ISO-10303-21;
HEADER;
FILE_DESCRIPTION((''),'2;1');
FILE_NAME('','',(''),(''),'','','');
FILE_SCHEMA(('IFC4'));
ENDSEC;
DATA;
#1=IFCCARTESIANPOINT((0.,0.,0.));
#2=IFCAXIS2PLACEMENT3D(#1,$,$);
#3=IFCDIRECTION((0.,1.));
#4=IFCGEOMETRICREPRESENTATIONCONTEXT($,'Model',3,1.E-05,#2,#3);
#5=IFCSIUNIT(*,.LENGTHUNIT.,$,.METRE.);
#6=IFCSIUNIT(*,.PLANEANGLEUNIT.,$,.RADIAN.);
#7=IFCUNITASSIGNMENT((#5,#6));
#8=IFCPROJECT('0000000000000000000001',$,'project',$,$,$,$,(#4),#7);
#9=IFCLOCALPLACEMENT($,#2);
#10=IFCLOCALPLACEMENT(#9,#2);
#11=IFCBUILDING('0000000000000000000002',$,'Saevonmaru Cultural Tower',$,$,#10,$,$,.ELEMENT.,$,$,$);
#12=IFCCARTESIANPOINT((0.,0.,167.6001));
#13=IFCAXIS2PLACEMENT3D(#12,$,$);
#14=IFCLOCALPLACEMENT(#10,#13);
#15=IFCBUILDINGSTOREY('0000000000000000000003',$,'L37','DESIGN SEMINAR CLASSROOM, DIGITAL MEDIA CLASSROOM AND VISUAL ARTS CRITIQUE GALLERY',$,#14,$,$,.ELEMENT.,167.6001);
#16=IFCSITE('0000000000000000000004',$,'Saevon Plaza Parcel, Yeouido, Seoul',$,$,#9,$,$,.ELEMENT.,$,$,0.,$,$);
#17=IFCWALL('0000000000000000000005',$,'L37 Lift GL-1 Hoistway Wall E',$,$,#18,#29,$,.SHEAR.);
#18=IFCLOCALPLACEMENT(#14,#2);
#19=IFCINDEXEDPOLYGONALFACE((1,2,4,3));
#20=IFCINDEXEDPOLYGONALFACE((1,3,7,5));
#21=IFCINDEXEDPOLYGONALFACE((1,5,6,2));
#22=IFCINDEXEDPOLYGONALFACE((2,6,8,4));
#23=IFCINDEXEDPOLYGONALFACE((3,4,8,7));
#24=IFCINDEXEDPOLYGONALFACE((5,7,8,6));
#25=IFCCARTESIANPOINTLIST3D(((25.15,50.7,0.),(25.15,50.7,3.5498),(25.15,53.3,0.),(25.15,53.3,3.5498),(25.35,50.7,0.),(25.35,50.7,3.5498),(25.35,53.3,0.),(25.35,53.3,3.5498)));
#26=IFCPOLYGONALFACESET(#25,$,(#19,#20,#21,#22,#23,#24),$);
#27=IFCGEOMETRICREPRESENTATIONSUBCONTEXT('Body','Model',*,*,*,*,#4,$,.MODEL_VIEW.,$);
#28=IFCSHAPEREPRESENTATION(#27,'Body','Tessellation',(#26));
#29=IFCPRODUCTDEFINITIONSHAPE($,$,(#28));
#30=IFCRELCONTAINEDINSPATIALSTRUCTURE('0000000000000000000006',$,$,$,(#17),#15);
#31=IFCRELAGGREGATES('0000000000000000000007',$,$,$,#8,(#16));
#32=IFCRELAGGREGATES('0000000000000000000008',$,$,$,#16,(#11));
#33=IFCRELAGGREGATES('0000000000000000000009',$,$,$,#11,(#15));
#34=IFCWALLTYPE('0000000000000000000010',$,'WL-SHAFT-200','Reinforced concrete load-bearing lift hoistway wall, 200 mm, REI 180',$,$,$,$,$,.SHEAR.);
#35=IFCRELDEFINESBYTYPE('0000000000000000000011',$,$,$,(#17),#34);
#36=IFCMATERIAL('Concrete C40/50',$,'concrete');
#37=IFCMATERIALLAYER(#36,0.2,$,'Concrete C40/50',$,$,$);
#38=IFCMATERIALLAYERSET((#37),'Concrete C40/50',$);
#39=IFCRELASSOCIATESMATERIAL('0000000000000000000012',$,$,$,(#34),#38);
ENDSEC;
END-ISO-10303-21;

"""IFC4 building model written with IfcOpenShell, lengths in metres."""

from ifc_helpers import new_model, si_unit, direction, frame, frame_2d, origin, place, context, subcontext, project, spatial, rectangle, extrude, material, layer, layer_set, type_object, element, save


model = new_model("IFC4")

# Units and contexts
model_context = context("Model", 3, precision=1e-05, world=origin(), true_north=direction((0.0, 1.0)))
body_context = subcontext(model_context, "Body", "Model", "MODEL_VIEW")
ifc_project = project(units=[si_unit("LENGTHUNIT", "METRE"), si_unit("PLANEANGLEUNIT", "RADIAN")], contexts=[model_context])

# Site, building, storey
site_placement = place(None, origin())
site = spatial("IfcSite", under=ifc_project, at=site_placement, Name="Saevon Plaza Parcel, Yeouido, Seoul", CompositionType="ELEMENT", RefElevation=0.0)
building_placement = place(site_placement, origin())
building = spatial("IfcBuilding", under=site, at=building_placement, Name="Saevonmaru Cultural Tower", CompositionType="ELEMENT")
storey_placement = place(building_placement, frame((0.0, 0.0, 167.6001)))
storey = spatial("IfcBuildingStorey", under=building, at=storey_placement, Name="L37", Description="DESIGN SEMINAR CLASSROOM, DIGITAL MEDIA CLASSROOM AND VISUAL ARTS CRITIQUE GALLERY", CompositionType="ELEMENT", Elevation=167.6001)

# Wall
ifc_material_1 = material(Name="Concrete C40/50", Category="concrete")
ifc_layer_1 = layer(ifc_material_1, 0.2, Name="Concrete C40/50")
ifc_layer_set_1 = layer_set([ifc_layer_1], Name="Concrete C40/50")
wall_type_1 = type_object("IfcWallType", Name="WL-SHAFT-200", Description="Reinforced concrete load-bearing lift hoistway wall, 200 mm, REI 180", PredefinedType="SHEAR", material=ifc_layer_set_1)
for number, where, z_axis, x_axis, name in (
    (1, (25.25, 50.7, 0.0), (0.0, 0.0, 1.0), (0.0, 1.0, 0.0), "L37 Lift GL-1 Hoistway Wall E"),
):
    element("IfcWall", number, at=place(storey_placement, frame(where, z_axis=z_axis, x_axis=x_axis)), inside=storey, type_object=wall_type_1, Name=name, PredefinedType="SHEAR", context=body_context, shape_type="SweptSolid", body=[
        extrude(rectangle(XDim=2.6001, YDim=0.2, at=frame_2d((1.3, 0.0))), origin(), (0.0, 0.0, 1.0), 3.5498),
    ])

save(model, "model.ifc")
